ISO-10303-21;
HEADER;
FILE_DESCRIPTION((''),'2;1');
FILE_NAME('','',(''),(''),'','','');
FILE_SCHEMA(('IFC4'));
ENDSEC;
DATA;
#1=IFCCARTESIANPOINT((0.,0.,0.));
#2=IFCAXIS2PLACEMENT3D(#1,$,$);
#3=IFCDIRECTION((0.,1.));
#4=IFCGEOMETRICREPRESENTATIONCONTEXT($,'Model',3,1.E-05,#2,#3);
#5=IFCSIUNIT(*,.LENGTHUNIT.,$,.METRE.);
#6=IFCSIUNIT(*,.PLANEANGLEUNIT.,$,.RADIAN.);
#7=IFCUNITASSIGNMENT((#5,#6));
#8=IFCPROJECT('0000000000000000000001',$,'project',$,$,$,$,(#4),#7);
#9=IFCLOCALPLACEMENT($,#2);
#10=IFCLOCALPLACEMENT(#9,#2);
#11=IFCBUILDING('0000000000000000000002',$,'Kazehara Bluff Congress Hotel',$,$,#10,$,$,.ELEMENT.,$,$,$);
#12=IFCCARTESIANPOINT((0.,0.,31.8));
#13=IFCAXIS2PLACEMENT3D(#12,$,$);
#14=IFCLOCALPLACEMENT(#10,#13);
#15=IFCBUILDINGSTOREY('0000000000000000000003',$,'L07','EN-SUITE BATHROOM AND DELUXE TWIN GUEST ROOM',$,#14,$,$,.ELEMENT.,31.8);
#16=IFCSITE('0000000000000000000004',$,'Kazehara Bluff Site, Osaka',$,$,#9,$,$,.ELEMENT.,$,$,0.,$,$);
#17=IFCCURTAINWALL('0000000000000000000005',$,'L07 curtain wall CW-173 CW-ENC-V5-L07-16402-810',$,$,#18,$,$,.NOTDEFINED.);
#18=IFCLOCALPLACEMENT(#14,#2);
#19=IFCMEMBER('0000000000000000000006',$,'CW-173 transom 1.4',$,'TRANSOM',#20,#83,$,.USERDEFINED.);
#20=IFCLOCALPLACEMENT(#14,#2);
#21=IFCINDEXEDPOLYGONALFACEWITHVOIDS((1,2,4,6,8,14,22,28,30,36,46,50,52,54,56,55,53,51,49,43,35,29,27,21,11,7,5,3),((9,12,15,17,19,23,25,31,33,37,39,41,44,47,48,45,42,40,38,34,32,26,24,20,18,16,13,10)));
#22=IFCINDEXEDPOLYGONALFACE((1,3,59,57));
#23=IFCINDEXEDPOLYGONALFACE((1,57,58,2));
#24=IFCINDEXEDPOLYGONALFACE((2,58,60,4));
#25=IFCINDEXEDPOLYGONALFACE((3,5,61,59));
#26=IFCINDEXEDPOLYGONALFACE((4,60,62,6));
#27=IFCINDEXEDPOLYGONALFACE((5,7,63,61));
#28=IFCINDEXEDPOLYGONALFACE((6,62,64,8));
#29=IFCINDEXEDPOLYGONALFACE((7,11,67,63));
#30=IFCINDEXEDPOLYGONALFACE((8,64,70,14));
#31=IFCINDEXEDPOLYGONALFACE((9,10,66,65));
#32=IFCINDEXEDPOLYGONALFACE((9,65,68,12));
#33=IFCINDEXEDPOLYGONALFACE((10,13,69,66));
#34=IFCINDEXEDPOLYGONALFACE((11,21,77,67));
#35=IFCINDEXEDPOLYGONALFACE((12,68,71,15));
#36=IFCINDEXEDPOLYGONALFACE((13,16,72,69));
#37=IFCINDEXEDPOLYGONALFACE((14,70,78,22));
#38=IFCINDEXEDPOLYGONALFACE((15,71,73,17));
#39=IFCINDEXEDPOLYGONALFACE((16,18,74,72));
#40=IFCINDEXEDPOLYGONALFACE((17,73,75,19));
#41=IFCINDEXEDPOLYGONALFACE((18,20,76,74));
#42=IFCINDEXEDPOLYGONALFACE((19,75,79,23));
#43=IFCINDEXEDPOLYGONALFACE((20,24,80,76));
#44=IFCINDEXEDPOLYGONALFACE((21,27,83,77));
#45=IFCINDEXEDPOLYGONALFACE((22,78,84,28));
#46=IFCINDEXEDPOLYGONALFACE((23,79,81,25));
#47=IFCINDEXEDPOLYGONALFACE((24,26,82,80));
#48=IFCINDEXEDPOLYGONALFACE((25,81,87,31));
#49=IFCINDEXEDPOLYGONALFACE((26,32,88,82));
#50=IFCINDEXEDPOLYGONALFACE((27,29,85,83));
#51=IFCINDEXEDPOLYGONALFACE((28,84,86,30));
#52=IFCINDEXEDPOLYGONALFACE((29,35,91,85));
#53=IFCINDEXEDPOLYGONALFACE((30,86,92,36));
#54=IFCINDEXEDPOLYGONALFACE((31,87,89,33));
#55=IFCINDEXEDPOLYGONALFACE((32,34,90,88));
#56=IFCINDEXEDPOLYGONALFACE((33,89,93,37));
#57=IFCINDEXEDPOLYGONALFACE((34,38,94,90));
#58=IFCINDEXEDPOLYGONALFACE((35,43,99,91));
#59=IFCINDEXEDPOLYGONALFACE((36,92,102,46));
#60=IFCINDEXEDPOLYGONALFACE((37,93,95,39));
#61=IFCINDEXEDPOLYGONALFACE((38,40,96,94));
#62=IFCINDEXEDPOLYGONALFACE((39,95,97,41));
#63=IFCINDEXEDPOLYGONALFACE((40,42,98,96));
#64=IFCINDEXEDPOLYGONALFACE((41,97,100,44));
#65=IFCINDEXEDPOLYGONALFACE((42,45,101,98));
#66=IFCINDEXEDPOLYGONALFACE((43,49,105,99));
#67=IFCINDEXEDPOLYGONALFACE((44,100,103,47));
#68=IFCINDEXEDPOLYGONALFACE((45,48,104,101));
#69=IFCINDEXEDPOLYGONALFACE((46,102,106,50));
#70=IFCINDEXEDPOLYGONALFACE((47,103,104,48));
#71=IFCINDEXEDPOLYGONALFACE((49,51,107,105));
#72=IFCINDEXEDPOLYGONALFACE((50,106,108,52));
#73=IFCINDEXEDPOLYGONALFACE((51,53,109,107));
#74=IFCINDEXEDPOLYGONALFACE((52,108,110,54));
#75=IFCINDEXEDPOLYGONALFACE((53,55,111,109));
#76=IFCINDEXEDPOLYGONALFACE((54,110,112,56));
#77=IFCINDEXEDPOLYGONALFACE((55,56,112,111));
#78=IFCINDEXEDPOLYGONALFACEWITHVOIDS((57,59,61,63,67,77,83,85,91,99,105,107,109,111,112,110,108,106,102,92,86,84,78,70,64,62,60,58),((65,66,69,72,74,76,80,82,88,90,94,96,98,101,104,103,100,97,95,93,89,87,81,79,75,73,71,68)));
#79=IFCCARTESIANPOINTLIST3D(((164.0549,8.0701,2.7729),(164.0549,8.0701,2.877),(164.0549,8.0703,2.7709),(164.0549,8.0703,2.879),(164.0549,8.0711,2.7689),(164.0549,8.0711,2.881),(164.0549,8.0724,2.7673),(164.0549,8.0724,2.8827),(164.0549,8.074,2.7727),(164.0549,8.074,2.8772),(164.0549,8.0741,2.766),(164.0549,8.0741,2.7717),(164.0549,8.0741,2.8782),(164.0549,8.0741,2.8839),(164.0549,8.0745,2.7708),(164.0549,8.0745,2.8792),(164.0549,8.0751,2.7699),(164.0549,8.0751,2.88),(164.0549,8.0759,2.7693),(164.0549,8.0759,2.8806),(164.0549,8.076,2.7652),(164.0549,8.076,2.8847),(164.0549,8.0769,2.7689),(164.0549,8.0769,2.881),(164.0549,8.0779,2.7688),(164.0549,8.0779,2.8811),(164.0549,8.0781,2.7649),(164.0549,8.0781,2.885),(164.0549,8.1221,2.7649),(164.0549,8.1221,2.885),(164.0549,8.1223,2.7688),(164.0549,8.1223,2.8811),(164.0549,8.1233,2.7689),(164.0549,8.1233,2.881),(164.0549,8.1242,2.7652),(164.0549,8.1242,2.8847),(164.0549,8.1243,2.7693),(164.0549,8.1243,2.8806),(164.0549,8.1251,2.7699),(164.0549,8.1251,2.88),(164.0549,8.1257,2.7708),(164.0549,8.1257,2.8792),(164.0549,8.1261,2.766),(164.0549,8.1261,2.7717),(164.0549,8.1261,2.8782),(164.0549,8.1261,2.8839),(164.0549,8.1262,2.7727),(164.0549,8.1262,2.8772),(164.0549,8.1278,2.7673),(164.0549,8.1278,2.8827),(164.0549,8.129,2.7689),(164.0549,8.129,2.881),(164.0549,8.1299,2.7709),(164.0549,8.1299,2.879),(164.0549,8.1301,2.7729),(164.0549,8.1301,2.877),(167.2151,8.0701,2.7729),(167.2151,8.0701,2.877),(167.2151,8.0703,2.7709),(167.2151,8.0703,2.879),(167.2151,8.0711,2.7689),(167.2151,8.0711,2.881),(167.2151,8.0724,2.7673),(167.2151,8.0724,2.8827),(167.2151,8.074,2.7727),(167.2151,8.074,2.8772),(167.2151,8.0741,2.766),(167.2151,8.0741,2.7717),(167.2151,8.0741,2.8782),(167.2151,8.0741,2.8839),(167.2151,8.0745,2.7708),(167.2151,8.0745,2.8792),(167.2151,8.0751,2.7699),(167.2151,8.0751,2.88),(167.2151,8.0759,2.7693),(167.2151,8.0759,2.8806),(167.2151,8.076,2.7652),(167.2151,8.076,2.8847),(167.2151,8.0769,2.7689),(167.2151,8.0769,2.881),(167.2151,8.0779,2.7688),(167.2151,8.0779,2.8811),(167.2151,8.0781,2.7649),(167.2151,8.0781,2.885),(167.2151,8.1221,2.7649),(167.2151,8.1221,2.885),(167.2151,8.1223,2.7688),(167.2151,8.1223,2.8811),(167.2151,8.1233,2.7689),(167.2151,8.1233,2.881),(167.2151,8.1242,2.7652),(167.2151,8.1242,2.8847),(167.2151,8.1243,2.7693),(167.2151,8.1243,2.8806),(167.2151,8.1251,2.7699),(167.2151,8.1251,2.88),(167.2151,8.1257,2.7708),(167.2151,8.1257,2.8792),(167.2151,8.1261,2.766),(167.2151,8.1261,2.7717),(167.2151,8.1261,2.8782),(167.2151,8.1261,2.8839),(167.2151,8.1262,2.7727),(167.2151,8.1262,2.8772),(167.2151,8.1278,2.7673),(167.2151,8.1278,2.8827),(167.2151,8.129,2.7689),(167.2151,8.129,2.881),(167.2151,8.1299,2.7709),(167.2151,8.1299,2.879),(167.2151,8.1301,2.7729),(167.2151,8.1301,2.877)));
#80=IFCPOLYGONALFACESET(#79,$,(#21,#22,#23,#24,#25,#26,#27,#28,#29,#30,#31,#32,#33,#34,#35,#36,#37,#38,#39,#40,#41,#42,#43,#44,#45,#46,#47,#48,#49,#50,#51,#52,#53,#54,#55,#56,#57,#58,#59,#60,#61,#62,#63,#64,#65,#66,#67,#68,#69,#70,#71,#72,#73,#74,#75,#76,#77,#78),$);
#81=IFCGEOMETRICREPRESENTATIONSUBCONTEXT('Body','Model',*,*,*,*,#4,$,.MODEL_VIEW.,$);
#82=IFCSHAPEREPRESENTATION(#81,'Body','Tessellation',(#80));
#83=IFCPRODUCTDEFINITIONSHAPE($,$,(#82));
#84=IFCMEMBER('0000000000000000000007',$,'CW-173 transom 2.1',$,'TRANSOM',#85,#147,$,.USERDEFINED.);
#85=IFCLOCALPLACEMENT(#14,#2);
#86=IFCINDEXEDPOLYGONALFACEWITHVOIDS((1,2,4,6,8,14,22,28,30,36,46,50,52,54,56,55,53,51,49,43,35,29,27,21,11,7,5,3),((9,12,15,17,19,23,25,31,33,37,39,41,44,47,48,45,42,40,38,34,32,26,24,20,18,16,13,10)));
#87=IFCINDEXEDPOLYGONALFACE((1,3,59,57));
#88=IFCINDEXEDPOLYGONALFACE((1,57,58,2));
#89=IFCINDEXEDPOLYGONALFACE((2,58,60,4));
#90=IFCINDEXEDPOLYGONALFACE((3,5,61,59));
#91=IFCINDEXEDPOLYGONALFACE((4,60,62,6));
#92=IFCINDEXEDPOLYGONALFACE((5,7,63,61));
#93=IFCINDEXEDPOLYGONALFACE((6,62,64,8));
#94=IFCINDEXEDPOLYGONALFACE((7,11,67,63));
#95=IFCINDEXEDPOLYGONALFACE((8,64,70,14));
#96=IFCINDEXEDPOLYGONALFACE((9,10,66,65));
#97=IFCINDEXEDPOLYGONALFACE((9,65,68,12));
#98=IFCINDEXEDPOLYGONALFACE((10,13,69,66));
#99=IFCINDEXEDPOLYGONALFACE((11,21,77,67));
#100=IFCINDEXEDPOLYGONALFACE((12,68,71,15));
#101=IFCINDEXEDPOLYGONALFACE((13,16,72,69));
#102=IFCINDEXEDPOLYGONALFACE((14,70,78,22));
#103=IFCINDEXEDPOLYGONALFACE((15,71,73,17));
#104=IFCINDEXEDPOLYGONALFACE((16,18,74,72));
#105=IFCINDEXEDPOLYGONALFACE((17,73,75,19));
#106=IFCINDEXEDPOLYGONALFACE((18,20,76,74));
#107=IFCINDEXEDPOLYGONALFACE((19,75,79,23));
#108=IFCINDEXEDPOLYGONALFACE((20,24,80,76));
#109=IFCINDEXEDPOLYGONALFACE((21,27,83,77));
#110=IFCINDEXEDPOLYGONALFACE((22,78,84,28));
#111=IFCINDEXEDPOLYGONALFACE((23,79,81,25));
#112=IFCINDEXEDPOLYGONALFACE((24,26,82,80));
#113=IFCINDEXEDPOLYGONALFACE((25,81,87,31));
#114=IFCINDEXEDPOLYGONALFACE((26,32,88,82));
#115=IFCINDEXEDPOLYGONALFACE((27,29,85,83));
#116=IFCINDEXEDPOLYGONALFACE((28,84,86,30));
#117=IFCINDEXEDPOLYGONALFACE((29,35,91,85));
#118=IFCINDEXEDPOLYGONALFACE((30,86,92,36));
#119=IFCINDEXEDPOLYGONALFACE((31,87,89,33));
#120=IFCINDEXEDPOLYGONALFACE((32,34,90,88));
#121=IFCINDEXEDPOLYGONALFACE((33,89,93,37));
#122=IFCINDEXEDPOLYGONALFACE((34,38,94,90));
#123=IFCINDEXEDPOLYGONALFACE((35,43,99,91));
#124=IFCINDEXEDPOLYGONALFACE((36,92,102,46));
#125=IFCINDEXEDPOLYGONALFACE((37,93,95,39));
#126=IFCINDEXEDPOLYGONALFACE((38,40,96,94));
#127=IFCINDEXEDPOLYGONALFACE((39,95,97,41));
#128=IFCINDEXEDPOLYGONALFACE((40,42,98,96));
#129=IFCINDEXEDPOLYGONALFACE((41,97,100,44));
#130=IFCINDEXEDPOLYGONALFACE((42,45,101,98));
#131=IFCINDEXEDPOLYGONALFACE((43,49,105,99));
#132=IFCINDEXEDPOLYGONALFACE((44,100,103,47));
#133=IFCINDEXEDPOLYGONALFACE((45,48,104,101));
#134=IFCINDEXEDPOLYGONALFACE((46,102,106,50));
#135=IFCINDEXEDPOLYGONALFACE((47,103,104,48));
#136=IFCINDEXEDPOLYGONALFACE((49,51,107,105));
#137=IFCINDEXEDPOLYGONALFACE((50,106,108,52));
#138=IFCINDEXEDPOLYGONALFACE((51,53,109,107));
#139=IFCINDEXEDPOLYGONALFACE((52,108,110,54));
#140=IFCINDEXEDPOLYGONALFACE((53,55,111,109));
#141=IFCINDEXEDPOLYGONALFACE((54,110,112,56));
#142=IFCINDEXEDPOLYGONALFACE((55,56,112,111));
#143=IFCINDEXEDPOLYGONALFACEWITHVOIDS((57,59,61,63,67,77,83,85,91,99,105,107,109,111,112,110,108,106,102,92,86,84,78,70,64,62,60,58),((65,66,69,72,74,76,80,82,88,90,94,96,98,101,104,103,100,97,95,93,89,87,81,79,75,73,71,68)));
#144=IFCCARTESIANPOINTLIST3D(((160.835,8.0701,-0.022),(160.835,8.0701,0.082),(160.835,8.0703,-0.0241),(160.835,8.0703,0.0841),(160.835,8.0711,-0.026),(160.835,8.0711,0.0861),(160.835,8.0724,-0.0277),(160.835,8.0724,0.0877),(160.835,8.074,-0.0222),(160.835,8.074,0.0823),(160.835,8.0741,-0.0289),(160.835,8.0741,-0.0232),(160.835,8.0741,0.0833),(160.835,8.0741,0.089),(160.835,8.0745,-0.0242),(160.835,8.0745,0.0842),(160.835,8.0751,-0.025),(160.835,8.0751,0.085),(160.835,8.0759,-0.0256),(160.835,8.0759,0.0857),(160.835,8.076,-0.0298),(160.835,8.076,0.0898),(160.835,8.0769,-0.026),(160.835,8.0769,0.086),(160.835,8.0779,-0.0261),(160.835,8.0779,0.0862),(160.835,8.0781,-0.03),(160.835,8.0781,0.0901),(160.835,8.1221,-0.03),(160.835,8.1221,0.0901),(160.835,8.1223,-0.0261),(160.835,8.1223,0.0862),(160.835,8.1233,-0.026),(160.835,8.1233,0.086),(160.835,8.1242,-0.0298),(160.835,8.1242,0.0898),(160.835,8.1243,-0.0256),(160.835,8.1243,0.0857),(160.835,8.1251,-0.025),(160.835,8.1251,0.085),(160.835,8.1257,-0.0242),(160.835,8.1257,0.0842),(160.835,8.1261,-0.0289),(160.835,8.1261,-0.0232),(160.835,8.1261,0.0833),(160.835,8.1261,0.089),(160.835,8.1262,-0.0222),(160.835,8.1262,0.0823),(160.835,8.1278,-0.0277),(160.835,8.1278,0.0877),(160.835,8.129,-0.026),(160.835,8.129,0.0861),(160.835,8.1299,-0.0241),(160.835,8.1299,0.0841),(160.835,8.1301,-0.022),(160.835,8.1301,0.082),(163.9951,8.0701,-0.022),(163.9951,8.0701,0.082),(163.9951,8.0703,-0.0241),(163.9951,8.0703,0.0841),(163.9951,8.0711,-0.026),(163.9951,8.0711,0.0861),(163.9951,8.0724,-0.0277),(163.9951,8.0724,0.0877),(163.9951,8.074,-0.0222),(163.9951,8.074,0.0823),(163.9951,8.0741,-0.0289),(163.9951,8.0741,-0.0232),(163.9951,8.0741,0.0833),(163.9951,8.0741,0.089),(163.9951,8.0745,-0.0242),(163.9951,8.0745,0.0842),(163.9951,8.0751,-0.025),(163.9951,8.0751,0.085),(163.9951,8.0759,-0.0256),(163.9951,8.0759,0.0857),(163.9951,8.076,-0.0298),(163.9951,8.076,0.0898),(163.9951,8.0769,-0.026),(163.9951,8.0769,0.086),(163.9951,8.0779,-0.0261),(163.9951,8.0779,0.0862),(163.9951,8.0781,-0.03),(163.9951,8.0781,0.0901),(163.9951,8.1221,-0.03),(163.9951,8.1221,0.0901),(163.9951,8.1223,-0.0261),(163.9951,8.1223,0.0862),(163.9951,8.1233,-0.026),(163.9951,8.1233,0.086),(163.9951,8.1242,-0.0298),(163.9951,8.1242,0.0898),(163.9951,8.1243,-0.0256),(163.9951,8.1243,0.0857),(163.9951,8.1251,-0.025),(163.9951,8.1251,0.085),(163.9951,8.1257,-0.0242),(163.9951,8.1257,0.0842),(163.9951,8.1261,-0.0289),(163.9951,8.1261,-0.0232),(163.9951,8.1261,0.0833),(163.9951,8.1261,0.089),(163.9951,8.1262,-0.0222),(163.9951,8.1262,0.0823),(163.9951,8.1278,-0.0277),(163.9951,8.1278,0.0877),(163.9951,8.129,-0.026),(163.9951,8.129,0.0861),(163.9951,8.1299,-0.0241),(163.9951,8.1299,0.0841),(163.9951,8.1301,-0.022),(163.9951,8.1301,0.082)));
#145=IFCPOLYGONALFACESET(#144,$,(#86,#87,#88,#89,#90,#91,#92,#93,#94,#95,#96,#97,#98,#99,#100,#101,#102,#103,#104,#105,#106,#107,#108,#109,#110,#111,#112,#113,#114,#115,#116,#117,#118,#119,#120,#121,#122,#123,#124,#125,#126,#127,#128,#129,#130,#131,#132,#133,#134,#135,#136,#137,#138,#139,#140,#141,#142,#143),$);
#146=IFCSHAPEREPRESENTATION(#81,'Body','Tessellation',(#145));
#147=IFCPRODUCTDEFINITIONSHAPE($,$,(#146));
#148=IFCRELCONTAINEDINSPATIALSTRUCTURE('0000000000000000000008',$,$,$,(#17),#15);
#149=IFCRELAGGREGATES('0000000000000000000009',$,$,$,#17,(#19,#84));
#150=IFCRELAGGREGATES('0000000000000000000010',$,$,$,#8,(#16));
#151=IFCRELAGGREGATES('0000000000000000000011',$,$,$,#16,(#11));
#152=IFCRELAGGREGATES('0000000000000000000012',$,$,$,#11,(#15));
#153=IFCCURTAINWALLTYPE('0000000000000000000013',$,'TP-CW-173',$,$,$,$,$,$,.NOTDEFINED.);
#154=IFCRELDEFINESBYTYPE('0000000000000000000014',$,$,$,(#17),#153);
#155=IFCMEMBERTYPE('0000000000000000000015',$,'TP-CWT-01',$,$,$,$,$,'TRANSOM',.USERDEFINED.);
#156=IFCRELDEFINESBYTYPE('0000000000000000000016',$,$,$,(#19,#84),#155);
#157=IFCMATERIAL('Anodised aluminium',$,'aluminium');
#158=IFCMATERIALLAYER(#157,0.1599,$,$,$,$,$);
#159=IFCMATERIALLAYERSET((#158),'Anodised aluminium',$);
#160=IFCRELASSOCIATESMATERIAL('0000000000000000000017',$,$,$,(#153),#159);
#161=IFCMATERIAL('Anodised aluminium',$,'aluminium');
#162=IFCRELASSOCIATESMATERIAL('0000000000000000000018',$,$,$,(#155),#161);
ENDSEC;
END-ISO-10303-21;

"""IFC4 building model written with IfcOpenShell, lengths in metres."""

from ifc_helpers import new_model, si_unit, direction, frame, origin, origin_2d, place, context, subcontext, project, spatial, hollow_rectangle, extrude, material, layer, layer_set, material_profile, profile_set, type_object, element, aggregate, save


model = new_model("IFC4")

# Units and contexts
model_context = context("Model", 3, precision=1e-05, world=origin(), true_north=direction((0.0, 1.0)))
body_context = subcontext(model_context, "Body", "Model", "MODEL_VIEW")
ifc_project = project(units=[si_unit("LENGTHUNIT", "METRE"), si_unit("PLANEANGLEUNIT", "RADIAN")], contexts=[model_context])

# Site, building, storey
site_placement = place(None, origin())
site = spatial("IfcSite", under=ifc_project, at=site_placement, Name="Kazehara Bluff Site, Osaka", CompositionType="ELEMENT", RefElevation=0.0)
building_placement = place(site_placement, origin())
building = spatial("IfcBuilding", under=site, at=building_placement, Name="Kazehara Bluff Congress Hotel", CompositionType="ELEMENT")
storey_placement = place(building_placement, frame((0.0, 0.0, 31.8)))
storey = spatial("IfcBuildingStorey", under=building, at=storey_placement, Name="L07", Description="EN-SUITE BATHROOM AND DELUXE TWIN GUEST ROOM", CompositionType="ELEMENT", Elevation=31.8)

# Curtain wall, members
ifc_material_1 = material(Name="Anodised aluminium", Category="aluminium")
ifc_layer_1 = layer(ifc_material_1, 0.1599)
ifc_layer_set_1 = layer_set([ifc_layer_1], Name="Anodised aluminium")
curtain_wall_type = type_object("IfcCurtainWallType", Name="TP-CW-173", PredefinedType="NOTDEFINED", material=ifc_layer_set_1)
curtain_wall_placement = place(storey_placement, origin())
curtain_wall = element("IfcCurtainWall", 1, at=curtain_wall_placement, inside=storey, type_object=curtain_wall_type, Name="L07 curtain wall CW-173 CW-ENC-V5-L07-16402-810", PredefinedType="NOTDEFINED")
ifc_material_2 = material(Name="Anodised aluminium", Category="aluminium")
ifc_material_profile_1 = material_profile(ifc_material_2, hollow_rectangle(XDim=0.0601, YDim=0.1201, WallThickness=0.0039, InnerFilletRadius=0.0039, OuterFilletRadius=0.0081, at=origin_2d()))
ifc_profile_set_1 = profile_set([ifc_material_profile_1], Name="Anodised aluminium")
member_type_1 = type_object("IfcMemberType", Name="TP-CWT-01", ElementType="TRANSOM", PredefinedType="USERDEFINED", material=ifc_profile_set_1)
member_1_placement = place(storey_placement, frame((167.2151, 8.1001, 2.825), z_axis=(-1.0, 0.0, 0.0), x_axis=(0.0, -1.0, 0.0)))
member_1 = element("IfcMember", 2, at=member_1_placement, type_object=member_type_1, Name="CW-173 transom 1.4", ObjectType="TRANSOM", PredefinedType="USERDEFINED", context=body_context, shape_type="SweptSolid", body=[
    extrude(hollow_rectangle(XDim=0.0601, YDim=0.1201, WallThickness=0.0039, InnerFilletRadius=0.0039, OuterFilletRadius=0.0081, at=origin_2d()), origin(), (0.0, 0.0, 1.0), 3.1602),
])
member_2_placement = place(storey_placement, frame((163.9951, 8.1001, 0.03), z_axis=(-1.0, 0.0, 0.0), x_axis=(0.0, -1.0, 0.0)))
member_2 = element("IfcMember", 3, at=member_2_placement, type_object=member_type_1, Name="CW-173 transom 2.1", ObjectType="TRANSOM", PredefinedType="USERDEFINED", context=body_context, shape_type="SweptSolid", body=[
    extrude(hollow_rectangle(XDim=0.0601, YDim=0.1201, WallThickness=0.0039, InnerFilletRadius=0.0039, OuterFilletRadius=0.0081, at=origin_2d()), origin(), (0.0, 0.0, 1.0), 3.1602),
])

aggregate(curtain_wall, [member_1, member_2])

save(model, "model.ifc")
